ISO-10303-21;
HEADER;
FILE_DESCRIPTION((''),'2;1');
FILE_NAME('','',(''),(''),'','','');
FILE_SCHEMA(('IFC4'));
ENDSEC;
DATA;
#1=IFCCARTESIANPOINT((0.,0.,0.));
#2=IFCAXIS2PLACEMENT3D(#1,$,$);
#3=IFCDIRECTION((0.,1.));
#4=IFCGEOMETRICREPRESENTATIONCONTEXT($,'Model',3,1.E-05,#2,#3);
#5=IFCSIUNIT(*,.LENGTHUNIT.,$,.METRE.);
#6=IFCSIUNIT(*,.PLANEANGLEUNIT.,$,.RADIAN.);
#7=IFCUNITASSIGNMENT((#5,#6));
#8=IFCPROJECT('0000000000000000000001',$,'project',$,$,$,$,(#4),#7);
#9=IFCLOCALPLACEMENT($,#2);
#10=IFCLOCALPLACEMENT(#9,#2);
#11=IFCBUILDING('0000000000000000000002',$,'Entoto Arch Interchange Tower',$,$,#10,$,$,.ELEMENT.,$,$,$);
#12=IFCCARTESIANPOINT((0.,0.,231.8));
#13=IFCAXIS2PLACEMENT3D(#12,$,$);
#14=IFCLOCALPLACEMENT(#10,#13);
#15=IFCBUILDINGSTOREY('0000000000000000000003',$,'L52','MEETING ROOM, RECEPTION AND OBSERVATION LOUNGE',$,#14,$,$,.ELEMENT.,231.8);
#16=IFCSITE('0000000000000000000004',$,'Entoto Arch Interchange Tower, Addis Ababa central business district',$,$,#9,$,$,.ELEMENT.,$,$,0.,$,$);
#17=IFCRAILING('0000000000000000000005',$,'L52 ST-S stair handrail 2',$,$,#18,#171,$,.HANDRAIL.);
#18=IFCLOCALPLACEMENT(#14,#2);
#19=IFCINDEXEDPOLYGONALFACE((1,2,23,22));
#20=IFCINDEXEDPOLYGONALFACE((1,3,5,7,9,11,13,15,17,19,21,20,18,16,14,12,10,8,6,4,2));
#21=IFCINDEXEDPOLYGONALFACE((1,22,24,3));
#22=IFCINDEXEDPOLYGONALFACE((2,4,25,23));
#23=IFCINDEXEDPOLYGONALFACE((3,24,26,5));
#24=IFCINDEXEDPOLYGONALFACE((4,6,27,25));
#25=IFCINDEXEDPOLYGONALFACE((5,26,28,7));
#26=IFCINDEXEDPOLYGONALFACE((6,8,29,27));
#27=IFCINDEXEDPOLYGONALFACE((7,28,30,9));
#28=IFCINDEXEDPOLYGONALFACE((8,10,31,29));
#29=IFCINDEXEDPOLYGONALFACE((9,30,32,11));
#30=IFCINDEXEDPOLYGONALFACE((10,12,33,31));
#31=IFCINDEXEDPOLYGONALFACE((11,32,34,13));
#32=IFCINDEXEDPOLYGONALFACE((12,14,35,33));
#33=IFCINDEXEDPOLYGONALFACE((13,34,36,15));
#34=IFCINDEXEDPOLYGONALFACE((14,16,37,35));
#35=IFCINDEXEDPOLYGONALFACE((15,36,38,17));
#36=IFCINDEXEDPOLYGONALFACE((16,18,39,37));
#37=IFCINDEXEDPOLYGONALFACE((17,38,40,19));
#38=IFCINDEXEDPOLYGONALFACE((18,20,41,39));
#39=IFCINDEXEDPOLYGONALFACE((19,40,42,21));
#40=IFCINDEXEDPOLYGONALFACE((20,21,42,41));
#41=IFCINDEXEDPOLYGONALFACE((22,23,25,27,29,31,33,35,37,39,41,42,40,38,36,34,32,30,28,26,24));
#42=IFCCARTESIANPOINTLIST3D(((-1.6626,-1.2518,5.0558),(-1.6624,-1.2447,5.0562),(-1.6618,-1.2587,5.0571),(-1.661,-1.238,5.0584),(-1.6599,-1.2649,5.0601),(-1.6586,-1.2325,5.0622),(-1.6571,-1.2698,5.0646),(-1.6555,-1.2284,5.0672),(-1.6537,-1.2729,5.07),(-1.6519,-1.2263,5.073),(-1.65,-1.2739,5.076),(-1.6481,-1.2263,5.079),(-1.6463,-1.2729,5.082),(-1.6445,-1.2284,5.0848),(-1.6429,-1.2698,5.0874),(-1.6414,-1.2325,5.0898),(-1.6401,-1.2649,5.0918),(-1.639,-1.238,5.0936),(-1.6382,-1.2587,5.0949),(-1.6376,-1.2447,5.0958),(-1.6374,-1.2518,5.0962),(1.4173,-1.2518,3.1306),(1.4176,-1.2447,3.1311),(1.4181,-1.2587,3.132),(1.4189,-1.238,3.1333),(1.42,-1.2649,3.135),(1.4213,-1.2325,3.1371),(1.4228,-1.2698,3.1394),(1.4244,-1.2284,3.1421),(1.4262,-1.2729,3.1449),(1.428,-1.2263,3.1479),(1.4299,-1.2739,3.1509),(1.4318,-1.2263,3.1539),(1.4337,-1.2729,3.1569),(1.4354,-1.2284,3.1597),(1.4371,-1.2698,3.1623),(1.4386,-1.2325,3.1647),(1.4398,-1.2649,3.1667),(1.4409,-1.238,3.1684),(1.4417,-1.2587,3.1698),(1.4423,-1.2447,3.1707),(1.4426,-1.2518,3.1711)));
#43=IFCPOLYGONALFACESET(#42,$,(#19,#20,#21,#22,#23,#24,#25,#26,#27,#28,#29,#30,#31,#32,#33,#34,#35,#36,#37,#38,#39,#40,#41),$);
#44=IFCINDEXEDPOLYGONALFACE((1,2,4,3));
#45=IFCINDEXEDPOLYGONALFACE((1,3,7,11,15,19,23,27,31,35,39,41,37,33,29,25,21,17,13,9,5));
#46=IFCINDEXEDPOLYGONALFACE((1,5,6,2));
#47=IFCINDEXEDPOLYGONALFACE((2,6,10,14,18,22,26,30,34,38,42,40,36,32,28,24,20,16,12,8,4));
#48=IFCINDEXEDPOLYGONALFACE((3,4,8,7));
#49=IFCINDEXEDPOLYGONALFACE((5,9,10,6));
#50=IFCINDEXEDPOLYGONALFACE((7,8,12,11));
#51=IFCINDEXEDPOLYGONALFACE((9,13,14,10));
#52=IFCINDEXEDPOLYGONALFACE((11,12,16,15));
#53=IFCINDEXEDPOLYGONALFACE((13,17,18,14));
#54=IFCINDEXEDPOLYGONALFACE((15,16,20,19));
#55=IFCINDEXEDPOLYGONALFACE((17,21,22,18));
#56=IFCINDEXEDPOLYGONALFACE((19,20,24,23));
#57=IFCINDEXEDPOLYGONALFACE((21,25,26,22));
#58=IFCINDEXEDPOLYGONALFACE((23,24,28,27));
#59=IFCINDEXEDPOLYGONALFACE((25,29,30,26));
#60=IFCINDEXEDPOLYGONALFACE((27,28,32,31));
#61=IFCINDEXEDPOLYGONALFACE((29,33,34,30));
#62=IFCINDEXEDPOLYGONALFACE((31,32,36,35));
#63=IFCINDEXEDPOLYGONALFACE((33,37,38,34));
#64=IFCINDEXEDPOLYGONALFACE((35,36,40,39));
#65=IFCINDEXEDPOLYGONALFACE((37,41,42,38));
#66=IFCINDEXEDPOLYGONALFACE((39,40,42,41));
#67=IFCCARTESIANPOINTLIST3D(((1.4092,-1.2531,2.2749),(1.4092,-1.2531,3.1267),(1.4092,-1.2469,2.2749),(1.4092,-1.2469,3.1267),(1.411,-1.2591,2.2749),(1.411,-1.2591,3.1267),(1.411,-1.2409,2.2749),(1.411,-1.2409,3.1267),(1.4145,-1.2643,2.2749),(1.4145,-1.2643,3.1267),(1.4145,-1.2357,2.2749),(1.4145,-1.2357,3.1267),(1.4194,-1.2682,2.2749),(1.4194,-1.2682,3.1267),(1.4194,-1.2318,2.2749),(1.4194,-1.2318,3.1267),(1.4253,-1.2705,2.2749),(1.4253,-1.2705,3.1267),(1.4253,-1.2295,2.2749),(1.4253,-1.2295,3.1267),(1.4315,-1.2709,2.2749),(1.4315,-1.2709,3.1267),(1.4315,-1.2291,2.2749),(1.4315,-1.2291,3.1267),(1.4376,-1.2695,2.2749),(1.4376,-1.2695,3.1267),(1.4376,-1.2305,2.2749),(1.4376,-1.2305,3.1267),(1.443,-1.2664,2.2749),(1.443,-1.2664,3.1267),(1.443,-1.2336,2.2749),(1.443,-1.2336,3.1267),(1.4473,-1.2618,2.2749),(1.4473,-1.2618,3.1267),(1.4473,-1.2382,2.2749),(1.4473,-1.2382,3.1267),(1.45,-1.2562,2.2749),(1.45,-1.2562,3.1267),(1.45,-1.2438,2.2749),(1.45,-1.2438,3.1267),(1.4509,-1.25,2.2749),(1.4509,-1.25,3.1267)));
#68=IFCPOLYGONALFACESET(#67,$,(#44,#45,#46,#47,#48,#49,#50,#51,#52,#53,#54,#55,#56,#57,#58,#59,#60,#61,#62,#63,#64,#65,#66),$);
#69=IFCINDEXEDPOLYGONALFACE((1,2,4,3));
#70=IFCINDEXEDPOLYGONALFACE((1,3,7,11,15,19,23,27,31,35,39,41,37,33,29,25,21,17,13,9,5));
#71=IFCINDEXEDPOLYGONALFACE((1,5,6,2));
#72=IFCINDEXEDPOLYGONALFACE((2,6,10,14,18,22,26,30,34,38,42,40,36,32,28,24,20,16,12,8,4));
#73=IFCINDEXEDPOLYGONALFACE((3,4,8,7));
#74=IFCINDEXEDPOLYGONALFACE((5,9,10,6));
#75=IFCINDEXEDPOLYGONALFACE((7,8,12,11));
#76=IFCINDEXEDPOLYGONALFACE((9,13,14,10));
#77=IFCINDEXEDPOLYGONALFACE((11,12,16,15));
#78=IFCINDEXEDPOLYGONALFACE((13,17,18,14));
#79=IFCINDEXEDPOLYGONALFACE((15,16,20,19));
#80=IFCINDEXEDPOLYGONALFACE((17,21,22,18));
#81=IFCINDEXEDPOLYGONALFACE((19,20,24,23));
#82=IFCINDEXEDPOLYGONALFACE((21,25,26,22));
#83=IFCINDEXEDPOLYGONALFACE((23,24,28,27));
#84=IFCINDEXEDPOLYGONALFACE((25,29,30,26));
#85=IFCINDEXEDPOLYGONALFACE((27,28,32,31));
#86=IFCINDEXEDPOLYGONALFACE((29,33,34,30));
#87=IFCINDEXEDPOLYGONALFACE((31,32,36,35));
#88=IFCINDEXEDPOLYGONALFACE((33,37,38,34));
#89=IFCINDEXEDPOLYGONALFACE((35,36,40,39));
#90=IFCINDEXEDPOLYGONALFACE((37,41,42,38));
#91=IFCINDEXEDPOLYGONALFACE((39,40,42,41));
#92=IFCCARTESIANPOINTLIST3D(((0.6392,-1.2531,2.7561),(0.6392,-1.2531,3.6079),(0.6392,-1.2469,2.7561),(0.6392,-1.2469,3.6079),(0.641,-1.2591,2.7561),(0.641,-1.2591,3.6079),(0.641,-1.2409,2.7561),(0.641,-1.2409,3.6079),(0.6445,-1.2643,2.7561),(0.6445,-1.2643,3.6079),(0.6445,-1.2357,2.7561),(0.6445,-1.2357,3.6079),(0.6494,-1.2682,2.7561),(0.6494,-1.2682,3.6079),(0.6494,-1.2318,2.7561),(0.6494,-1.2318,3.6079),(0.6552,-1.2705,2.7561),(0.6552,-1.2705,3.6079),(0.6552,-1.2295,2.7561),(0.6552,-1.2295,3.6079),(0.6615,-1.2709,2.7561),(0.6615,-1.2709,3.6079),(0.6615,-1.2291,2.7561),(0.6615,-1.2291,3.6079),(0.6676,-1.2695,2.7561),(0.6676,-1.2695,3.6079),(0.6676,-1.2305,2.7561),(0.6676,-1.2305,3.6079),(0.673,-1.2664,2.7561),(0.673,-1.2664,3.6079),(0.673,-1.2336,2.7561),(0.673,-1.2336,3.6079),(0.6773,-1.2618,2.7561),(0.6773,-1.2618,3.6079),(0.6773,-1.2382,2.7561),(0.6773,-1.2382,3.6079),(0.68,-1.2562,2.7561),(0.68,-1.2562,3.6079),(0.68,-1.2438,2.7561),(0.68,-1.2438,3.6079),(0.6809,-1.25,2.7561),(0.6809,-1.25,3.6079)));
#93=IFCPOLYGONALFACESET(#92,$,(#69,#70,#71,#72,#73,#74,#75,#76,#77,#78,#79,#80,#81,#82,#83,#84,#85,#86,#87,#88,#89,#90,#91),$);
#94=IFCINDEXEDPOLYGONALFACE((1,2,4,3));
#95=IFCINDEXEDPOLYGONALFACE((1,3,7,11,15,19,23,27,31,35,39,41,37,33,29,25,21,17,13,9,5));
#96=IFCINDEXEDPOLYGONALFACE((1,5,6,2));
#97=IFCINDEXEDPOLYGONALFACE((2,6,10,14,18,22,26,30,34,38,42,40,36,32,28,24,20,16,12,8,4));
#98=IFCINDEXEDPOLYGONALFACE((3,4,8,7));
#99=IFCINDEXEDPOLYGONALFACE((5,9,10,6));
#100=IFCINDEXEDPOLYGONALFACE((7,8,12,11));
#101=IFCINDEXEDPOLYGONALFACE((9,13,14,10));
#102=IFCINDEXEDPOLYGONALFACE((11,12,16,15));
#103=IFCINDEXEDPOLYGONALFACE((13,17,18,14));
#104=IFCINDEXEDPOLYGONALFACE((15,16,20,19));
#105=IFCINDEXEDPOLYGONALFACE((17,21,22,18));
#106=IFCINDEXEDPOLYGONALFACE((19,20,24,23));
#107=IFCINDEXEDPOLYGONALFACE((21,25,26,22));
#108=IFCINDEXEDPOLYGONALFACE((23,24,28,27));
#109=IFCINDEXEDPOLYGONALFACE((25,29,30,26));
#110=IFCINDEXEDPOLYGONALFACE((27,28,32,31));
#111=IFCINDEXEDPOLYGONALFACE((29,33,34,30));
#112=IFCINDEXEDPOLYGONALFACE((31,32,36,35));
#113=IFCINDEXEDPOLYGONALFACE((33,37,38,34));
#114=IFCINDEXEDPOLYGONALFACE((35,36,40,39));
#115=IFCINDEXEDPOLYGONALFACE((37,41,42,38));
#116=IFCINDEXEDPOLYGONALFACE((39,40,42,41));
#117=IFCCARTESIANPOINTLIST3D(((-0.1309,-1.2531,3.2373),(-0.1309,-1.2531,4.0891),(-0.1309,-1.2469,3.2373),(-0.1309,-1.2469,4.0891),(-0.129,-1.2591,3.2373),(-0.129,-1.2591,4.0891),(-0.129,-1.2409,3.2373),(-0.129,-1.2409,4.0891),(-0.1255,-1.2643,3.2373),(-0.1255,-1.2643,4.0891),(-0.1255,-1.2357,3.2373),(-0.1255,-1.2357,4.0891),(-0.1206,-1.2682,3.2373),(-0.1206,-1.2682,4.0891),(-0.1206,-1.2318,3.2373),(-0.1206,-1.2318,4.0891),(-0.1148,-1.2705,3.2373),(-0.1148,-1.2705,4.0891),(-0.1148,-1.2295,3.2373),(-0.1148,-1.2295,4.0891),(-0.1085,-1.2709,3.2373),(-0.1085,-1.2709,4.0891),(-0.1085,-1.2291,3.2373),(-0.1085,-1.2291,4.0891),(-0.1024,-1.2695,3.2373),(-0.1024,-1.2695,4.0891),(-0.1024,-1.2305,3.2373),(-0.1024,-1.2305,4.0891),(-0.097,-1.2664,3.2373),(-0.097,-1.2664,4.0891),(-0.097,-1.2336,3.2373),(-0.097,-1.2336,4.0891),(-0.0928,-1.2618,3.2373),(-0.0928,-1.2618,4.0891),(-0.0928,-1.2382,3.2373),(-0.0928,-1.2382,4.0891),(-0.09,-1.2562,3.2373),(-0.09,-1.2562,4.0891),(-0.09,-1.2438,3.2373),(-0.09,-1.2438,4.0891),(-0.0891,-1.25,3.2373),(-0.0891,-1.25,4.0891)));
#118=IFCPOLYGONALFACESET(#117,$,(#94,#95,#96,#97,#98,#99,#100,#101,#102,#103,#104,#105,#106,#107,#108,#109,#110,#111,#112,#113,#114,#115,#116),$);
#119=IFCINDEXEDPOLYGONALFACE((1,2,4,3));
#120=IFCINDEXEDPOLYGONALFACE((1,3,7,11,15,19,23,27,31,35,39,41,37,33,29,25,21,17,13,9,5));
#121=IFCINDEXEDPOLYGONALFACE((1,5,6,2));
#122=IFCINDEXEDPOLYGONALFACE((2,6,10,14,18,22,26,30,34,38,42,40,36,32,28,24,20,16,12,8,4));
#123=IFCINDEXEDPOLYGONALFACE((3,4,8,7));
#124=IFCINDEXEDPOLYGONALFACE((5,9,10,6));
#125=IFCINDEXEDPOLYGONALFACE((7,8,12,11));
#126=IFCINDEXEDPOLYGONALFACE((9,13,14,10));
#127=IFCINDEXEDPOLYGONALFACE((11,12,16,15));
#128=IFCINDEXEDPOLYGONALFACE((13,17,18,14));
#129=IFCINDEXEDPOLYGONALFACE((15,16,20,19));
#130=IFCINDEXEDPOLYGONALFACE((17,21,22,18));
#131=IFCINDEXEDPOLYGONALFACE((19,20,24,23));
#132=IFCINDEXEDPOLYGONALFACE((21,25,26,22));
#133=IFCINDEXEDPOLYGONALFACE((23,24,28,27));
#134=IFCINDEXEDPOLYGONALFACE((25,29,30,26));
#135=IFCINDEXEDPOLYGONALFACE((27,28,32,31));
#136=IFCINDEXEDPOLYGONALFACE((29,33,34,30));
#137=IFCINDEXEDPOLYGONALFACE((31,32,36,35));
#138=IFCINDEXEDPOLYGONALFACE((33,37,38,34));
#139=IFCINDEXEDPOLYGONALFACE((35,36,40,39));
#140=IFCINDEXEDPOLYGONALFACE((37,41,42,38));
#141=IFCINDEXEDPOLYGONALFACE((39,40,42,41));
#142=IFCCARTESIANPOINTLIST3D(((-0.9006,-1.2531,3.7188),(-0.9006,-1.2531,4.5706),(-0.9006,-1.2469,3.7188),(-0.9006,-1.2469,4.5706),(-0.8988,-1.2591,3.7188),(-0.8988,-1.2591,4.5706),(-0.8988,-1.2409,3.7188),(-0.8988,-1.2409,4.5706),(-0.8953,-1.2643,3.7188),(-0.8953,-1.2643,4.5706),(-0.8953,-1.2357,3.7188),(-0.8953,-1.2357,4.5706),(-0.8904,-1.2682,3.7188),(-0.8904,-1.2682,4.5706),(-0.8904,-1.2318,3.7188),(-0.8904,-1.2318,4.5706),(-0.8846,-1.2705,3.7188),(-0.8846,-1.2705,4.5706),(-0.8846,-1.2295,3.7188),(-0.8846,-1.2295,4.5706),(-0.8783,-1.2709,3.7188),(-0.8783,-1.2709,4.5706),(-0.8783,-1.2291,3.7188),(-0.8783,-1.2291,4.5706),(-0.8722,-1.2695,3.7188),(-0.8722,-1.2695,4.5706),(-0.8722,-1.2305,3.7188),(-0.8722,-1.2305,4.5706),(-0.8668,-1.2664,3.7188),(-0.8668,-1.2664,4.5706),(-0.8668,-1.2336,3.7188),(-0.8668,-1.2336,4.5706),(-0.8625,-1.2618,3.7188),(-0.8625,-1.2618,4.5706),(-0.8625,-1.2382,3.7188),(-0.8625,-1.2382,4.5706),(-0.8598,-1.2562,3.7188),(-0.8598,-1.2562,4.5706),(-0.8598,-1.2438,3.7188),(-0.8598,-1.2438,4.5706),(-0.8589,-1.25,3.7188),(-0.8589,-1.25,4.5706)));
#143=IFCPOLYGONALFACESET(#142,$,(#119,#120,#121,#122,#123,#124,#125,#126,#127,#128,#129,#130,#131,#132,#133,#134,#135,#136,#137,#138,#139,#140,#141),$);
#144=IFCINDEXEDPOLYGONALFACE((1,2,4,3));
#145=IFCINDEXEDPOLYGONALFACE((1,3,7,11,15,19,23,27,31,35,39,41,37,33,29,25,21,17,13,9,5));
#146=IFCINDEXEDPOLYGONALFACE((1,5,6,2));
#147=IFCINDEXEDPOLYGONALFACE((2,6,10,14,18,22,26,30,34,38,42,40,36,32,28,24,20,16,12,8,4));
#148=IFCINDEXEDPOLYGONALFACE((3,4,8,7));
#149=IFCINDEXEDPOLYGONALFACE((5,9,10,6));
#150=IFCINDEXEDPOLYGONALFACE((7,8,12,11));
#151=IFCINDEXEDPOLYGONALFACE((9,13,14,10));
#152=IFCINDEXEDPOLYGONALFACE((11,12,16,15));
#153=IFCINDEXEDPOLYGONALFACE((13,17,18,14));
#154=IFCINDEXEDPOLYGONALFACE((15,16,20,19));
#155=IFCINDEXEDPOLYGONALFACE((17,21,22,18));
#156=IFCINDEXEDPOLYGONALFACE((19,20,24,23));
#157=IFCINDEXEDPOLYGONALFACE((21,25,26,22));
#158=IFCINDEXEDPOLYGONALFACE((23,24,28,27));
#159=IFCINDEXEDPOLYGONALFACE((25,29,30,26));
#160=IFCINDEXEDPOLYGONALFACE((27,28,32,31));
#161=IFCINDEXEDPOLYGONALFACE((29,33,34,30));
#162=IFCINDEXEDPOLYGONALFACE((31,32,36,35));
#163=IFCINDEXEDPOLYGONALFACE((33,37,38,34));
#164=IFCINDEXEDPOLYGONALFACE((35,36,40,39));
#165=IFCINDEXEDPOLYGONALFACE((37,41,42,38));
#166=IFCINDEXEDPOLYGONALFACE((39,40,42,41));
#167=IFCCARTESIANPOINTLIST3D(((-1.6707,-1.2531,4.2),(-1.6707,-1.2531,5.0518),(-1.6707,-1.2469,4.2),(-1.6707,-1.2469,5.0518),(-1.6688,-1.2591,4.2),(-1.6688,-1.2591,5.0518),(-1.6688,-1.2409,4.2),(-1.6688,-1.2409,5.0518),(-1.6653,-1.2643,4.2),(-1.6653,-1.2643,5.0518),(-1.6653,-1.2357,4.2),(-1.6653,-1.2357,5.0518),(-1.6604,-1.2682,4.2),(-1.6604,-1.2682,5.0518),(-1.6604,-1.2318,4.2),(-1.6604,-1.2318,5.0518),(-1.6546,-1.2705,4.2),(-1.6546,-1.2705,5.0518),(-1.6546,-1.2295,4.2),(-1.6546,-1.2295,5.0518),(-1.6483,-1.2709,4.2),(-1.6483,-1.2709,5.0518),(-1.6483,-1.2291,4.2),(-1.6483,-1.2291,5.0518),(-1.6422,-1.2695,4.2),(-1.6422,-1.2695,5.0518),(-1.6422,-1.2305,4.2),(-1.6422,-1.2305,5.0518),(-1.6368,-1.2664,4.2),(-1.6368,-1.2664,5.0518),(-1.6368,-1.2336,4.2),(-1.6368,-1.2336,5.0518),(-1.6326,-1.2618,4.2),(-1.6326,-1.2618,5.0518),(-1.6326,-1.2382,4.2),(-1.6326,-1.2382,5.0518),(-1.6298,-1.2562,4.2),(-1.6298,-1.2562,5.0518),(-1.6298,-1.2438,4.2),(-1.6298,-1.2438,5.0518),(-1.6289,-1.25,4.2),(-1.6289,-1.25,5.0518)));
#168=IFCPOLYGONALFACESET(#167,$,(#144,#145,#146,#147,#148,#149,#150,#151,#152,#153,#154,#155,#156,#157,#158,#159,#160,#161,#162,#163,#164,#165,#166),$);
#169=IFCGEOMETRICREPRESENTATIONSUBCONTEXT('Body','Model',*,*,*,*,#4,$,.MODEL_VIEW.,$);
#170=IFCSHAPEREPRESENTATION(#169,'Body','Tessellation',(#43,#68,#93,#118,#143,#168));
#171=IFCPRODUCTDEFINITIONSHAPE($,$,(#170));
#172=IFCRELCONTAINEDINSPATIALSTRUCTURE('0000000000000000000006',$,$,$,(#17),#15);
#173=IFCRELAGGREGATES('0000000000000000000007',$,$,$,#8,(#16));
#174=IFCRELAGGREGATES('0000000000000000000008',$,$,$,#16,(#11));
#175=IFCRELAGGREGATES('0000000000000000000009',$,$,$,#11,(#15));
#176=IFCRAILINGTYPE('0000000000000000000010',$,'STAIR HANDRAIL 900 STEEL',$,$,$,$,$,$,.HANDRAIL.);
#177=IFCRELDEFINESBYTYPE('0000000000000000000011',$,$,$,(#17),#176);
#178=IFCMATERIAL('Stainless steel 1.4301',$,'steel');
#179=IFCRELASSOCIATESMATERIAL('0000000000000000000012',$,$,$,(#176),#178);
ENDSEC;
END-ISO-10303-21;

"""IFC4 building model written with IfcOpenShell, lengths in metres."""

from ifc_helpers import new_model, si_unit, direction, frame, origin, origin_2d, place, context, subcontext, project, spatial, circle, extrude, material, type_object, element, save


model = new_model("IFC4")

# Units and contexts
model_context = context("Model", 3, precision=1e-05, world=origin(), true_north=direction((0.0, 1.0)))
body_context = subcontext(model_context, "Body", "Model", "MODEL_VIEW")
ifc_project = project(units=[si_unit("LENGTHUNIT", "METRE"), si_unit("PLANEANGLEUNIT", "RADIAN")], contexts=[model_context])

# Site, building, storey
site_placement = place(None, origin())
site = spatial("IfcSite", under=ifc_project, at=site_placement, Name="Entoto Arch Interchange Tower, Addis Ababa central business district", CompositionType="ELEMENT", RefElevation=0.0)
building_placement = place(site_placement, origin())
building = spatial("IfcBuilding", under=site, at=building_placement, Name="Entoto Arch Interchange Tower", CompositionType="ELEMENT")
storey_placement = place(building_placement, frame((0.0, 0.0, 231.8)))
storey = spatial("IfcBuildingStorey", under=building, at=storey_placement, Name="L52", Description="MEETING ROOM, RECEPTION AND OBSERVATION LOUNGE", CompositionType="ELEMENT", Elevation=231.8)

# Railing
ifc_material_1 = material(Name="Stainless steel 1.4301", Category="steel")
railing_type_1 = type_object("IfcRailingType", Name="STAIR HANDRAIL 900 STEEL", PredefinedType="HANDRAIL", material=ifc_material_1)
railing_1_placement = place(storey_placement, frame((1.4299, -1.25, 2.2749)))
element("IfcRailing", 1, at=railing_1_placement, inside=storey, type_object=railing_type_1, Name="L52 ST-S stair handrail 2", PredefinedType="HANDRAIL", context=body_context, shape_type="SweptSolid", body=[
    extrude(circle(Radius=0.0239, at=origin_2d()), frame((0.0, 0.0, 0.876), z_axis=(-0.847979, 0.0, 0.530029), x_axis=(0.0, -1.0, 0.0)), (0.0, 0.0, 1.0), 3.6321),
    extrude(circle(Radius=0.021, at=origin_2d()), origin(), (0.0, 0.0, 1.0), 0.8518),
    extrude(circle(Radius=0.021, at=origin_2d()), frame((-0.77, 0.0, 0.4812)), (0.0, 0.0, 1.0), 0.8518),
    extrude(circle(Radius=0.021, at=origin_2d()), frame((-1.54, 0.0, 0.9624)), (0.0, 0.0, 1.0), 0.8518),
    extrude(circle(Radius=0.021, at=origin_2d()), frame((-2.3098, 0.0, 1.4438)), (0.0, 0.0, 1.0), 0.8518),
    extrude(circle(Radius=0.021, at=origin_2d()), frame((-3.0798, 0.0, 1.925)), (0.0, 0.0, 1.0), 0.8518),
])

save(model, "model.ifc")
